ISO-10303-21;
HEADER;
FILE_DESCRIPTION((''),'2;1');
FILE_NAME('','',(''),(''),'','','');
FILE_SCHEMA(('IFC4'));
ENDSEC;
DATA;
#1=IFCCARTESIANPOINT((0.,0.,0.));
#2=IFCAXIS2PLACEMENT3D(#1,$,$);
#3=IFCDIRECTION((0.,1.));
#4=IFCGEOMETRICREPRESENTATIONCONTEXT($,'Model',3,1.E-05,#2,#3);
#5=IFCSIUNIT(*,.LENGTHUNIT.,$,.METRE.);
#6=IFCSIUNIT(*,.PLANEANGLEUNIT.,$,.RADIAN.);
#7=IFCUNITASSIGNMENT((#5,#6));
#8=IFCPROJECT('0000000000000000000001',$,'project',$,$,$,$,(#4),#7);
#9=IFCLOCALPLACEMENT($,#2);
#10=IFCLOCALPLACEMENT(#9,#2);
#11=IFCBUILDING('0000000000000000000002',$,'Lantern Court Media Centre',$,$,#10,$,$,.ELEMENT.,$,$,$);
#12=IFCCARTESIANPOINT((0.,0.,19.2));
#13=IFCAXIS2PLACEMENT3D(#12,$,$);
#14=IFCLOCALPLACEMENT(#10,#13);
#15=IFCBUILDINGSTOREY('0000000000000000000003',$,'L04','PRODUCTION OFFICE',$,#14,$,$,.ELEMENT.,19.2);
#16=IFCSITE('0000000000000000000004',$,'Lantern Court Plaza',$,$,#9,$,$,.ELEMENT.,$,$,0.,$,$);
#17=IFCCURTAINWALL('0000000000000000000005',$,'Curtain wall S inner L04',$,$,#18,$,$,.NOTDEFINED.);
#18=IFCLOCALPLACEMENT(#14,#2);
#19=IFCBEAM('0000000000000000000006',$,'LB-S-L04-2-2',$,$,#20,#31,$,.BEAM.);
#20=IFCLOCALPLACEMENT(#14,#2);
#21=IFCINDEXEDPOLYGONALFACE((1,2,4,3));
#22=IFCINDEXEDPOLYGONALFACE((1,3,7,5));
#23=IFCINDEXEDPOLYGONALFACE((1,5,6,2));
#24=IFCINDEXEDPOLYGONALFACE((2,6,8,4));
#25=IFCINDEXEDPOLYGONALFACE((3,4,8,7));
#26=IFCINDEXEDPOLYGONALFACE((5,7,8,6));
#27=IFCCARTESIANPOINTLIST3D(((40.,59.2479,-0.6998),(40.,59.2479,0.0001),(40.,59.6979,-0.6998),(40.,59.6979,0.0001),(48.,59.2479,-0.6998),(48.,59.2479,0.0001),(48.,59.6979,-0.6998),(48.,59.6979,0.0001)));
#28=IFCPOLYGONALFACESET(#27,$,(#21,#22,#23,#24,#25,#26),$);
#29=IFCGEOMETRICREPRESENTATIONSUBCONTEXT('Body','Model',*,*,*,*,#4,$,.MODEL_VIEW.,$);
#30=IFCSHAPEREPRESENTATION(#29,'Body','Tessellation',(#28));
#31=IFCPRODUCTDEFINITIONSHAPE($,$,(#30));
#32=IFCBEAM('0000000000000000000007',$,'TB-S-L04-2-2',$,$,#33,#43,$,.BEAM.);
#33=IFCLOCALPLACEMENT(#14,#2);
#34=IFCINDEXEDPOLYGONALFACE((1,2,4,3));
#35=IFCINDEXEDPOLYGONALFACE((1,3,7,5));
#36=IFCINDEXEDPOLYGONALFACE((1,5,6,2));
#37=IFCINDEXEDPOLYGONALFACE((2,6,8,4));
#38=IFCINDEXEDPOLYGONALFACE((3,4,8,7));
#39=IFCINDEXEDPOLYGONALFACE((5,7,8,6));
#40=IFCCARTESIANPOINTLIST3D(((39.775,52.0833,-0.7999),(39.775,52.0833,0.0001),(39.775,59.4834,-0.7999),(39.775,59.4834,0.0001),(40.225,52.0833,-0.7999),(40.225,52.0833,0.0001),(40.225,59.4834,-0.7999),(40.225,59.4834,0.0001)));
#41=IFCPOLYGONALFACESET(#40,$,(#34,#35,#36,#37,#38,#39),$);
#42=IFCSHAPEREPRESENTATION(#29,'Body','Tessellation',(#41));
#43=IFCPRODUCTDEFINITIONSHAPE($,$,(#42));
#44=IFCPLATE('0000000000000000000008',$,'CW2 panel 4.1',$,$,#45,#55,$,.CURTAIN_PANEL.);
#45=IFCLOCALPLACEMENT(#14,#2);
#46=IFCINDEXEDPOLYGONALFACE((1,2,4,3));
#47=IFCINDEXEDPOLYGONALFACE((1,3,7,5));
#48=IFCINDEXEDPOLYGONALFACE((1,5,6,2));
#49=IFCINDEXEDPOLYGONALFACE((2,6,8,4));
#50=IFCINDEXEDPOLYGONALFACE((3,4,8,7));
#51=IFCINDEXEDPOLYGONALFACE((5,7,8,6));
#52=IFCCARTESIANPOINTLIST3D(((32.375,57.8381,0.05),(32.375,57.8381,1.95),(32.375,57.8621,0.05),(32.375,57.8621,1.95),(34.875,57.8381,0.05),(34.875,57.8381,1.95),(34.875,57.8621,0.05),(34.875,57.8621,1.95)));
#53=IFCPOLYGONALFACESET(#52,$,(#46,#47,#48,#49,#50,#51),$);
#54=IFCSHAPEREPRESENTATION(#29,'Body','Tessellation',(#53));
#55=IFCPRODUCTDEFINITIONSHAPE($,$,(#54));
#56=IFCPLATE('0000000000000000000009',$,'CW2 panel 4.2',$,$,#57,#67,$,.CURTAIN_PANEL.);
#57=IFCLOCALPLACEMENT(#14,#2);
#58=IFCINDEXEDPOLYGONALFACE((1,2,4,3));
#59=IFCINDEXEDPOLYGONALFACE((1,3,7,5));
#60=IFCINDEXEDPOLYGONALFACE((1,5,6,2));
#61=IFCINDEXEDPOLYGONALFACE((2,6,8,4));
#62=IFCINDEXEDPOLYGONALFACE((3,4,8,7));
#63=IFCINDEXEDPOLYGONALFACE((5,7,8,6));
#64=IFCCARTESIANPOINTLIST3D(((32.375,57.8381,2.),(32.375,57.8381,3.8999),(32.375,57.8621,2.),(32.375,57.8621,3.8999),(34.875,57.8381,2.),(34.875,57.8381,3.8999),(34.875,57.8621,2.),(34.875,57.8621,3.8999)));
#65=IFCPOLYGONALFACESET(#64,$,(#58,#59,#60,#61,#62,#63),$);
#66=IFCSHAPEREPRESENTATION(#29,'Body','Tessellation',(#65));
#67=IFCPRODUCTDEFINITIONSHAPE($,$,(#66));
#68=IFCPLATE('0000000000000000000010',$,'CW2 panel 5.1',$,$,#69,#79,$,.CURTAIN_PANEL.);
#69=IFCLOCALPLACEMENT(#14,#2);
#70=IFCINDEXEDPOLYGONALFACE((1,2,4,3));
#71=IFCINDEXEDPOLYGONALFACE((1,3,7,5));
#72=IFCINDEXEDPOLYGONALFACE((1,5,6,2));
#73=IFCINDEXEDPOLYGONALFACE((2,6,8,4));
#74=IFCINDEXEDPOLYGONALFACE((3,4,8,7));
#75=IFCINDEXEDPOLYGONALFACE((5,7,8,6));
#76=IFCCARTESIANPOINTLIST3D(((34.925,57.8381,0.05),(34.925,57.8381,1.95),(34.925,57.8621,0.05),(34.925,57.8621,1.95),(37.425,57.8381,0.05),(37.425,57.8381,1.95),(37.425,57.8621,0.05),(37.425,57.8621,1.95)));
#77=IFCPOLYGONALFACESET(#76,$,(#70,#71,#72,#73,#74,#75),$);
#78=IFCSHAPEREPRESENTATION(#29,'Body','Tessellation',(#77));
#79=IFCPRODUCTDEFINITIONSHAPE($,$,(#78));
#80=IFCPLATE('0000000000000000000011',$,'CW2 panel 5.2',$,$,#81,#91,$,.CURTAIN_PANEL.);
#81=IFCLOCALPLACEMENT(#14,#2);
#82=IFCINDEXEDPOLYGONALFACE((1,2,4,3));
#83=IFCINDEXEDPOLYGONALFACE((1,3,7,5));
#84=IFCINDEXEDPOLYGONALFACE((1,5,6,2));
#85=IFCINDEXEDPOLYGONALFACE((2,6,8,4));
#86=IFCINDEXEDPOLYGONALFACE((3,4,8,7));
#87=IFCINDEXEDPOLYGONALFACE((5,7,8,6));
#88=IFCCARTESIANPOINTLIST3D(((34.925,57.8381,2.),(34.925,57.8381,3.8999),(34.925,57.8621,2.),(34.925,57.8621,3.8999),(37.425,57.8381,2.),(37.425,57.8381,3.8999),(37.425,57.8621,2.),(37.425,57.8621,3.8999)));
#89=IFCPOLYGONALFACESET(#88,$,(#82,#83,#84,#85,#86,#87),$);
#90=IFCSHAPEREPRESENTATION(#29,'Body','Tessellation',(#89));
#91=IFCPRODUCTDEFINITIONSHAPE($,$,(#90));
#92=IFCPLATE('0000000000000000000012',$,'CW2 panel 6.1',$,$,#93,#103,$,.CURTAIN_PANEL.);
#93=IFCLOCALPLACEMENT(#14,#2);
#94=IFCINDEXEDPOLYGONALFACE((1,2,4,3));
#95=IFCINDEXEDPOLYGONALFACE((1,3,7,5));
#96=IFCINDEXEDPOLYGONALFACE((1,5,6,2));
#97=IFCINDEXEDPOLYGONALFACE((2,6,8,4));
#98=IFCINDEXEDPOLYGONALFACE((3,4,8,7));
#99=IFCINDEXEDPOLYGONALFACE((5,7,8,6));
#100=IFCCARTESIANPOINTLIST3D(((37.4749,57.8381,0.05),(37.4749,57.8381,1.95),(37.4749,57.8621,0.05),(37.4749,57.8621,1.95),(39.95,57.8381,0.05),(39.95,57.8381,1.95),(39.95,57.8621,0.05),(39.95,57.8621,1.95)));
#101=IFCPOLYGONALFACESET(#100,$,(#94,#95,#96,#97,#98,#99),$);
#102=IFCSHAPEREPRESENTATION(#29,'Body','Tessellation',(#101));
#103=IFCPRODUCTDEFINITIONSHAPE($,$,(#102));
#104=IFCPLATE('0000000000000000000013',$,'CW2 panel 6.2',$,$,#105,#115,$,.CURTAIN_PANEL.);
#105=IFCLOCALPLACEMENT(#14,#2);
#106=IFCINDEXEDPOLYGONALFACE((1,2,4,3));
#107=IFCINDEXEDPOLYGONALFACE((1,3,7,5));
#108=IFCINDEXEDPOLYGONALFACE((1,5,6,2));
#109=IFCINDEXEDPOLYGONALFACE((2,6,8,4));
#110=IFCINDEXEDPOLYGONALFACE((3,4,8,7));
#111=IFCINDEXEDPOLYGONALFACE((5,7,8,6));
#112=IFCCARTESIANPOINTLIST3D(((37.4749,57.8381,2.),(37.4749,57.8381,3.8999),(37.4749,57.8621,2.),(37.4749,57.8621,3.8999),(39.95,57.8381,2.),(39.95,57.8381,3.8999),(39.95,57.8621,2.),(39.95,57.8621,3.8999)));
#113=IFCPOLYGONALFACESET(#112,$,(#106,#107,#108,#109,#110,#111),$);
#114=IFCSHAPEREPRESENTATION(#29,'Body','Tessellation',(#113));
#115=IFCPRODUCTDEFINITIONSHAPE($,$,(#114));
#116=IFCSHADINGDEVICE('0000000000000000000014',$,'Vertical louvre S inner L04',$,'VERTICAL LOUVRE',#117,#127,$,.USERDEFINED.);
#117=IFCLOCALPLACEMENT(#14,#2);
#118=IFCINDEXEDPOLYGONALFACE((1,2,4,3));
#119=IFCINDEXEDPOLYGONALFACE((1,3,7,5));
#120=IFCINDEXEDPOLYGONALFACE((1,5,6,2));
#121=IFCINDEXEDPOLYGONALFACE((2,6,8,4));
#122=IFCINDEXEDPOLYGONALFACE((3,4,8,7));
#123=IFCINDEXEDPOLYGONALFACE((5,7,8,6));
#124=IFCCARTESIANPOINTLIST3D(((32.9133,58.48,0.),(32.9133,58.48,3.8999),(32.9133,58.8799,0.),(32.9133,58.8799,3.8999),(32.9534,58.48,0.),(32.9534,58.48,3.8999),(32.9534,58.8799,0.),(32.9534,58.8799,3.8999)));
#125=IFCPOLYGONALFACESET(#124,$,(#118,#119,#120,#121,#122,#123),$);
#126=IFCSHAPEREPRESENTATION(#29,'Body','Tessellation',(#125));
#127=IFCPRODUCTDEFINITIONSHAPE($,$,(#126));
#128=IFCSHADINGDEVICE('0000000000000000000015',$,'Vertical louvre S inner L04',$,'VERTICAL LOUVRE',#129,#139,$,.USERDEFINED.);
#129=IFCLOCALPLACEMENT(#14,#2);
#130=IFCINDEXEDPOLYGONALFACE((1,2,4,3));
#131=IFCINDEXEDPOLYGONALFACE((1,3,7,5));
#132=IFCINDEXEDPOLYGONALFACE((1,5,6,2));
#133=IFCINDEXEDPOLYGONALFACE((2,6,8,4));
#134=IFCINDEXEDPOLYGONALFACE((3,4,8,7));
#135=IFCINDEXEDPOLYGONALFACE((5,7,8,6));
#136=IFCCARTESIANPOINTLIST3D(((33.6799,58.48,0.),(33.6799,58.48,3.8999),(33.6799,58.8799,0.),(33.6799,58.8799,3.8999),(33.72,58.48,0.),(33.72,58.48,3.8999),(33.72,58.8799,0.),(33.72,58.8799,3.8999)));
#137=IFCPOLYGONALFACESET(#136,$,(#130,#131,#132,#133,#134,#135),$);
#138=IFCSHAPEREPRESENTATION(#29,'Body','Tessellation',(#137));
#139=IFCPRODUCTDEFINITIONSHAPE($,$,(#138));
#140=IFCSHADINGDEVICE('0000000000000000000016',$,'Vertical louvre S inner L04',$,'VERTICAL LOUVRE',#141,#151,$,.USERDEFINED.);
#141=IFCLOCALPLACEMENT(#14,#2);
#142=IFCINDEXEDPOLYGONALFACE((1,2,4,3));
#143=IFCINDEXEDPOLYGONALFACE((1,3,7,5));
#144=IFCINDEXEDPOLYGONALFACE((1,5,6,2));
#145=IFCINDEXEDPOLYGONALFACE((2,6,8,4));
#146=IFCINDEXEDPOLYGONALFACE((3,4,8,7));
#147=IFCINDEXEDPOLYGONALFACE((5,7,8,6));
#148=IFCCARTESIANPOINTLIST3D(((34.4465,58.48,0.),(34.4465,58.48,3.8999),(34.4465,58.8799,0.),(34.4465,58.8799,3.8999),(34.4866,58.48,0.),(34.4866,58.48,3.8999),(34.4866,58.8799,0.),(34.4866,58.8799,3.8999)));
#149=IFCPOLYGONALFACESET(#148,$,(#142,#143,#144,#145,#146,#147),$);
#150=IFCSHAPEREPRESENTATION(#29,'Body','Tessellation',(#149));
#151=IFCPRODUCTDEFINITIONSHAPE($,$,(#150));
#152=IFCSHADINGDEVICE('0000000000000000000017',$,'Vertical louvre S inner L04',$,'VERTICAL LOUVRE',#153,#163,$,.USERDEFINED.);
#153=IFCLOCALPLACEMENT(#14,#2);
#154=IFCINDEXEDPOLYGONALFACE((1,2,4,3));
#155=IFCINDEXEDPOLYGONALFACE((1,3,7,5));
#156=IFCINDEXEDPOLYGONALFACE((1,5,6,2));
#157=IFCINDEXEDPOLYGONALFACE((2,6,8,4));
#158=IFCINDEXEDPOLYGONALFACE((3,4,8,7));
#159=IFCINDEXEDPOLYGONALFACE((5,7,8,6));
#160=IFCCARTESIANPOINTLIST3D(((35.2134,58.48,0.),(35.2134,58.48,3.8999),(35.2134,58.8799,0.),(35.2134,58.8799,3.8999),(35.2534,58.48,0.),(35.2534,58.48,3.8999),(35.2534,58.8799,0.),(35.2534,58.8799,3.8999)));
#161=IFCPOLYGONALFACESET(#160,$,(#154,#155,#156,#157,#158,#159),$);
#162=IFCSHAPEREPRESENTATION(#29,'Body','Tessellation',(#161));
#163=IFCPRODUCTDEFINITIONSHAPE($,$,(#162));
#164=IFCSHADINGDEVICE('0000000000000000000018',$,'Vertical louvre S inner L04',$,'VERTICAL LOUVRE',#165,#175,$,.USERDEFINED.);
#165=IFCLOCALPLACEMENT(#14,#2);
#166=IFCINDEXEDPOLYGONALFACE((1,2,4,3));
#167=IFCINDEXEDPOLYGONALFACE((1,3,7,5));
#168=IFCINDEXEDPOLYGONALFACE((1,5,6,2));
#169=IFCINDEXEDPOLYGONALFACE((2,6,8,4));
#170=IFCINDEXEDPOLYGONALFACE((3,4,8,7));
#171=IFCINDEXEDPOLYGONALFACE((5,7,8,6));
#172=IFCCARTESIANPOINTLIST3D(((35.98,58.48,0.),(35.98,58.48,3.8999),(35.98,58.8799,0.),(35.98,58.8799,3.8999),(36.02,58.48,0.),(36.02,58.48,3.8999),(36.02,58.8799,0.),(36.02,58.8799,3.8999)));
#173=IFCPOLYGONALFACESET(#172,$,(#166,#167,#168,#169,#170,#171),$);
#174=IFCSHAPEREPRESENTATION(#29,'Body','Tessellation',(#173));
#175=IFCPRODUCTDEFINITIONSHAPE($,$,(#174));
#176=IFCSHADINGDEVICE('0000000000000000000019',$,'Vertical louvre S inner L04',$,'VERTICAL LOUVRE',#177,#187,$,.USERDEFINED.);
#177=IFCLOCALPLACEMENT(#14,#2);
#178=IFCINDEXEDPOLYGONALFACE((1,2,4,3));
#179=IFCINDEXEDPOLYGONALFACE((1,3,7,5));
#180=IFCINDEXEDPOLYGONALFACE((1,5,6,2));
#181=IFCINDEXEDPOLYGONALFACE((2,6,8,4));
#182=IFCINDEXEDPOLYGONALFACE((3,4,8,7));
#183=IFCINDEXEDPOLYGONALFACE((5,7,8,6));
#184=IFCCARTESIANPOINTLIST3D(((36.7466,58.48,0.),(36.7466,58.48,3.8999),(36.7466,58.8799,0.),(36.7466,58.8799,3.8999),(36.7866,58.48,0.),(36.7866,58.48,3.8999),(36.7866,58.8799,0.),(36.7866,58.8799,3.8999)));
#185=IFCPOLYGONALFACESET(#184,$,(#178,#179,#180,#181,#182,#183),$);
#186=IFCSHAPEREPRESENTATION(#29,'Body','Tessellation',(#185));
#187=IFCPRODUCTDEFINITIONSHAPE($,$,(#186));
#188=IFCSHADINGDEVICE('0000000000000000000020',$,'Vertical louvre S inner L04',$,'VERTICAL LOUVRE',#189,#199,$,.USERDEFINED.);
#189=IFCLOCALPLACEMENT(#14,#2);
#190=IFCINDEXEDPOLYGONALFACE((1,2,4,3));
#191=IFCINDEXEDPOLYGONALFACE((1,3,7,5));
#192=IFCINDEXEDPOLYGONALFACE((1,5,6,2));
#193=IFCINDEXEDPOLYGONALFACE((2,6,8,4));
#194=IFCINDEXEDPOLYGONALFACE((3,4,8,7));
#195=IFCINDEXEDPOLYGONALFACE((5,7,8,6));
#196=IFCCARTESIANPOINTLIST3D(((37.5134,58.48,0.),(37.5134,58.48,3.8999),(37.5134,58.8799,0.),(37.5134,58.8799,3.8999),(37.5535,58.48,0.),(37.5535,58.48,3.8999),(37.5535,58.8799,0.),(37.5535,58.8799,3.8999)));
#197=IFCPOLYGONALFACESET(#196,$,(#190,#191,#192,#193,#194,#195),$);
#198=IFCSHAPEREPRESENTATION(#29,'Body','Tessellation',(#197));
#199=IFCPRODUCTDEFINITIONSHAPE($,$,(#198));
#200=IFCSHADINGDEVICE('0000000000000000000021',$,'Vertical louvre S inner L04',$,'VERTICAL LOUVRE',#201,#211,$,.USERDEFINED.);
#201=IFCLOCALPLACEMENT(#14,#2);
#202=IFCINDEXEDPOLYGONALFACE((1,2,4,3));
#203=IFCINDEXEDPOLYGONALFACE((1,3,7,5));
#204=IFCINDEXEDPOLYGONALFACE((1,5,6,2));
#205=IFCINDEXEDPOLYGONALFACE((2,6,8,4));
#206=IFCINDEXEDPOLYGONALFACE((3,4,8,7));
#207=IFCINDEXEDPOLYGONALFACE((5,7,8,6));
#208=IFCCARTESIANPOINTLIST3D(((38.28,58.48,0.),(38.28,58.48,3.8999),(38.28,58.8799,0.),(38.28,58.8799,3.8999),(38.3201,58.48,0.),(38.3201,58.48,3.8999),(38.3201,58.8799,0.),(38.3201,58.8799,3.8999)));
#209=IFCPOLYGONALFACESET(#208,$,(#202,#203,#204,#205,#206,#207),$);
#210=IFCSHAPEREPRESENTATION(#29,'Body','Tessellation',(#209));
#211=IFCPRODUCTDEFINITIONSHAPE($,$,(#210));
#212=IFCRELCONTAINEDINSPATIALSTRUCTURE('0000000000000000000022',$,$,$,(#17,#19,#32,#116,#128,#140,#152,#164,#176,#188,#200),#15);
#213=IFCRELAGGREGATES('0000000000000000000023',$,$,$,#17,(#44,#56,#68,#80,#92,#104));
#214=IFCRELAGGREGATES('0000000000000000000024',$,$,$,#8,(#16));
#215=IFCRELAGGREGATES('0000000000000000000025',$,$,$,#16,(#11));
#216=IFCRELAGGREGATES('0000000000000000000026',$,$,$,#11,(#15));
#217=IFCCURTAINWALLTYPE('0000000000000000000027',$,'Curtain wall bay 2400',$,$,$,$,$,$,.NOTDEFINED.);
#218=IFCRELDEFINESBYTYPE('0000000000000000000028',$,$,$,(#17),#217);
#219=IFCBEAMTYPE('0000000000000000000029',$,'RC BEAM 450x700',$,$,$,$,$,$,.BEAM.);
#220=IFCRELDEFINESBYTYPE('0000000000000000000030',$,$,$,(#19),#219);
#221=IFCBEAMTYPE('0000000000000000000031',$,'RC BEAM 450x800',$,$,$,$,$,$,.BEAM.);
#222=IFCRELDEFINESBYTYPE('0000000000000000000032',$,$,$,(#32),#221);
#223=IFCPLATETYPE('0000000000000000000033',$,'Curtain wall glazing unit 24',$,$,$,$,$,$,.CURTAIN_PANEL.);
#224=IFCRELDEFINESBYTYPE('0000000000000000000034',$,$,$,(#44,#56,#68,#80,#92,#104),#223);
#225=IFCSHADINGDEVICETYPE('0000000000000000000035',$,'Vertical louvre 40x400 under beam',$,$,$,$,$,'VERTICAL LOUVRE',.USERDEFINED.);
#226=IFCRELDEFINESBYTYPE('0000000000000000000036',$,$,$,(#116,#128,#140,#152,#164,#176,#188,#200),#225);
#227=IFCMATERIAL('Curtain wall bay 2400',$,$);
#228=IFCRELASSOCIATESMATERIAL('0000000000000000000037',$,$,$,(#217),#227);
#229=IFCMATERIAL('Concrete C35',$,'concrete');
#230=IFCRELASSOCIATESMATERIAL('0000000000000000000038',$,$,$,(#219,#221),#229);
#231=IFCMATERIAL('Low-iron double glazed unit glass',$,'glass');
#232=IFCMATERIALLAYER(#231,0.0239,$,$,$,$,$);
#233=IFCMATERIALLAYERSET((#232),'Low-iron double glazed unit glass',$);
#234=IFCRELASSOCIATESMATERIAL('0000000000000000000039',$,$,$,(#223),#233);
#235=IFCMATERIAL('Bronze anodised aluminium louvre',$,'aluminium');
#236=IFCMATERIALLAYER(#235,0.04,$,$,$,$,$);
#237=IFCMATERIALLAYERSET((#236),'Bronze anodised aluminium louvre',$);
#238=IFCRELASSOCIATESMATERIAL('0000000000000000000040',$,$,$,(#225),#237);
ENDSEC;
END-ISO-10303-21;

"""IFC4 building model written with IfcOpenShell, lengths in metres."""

from ifc_helpers import new_model, si_unit, direction, frame, origin, origin_2d, place, context, subcontext, project, spatial, rectangle, extrude, material, layer, layer_set, material_profile, profile_set, type_object, element, aggregate, save


model = new_model("IFC4")

# Units and contexts
model_context = context("Model", 3, precision=1e-05, world=origin(), true_north=direction((0.0, 1.0)))
body_context = subcontext(model_context, "Body", "Model", "MODEL_VIEW")
ifc_project = project(units=[si_unit("LENGTHUNIT", "METRE"), si_unit("PLANEANGLEUNIT", "RADIAN")], contexts=[model_context])

# Site, building, storey
site_placement = place(None, origin())
site = spatial("IfcSite", under=ifc_project, at=site_placement, Name="Lantern Court Plaza", CompositionType="ELEMENT", RefElevation=0.0)
building_placement = place(site_placement, origin())
building = spatial("IfcBuilding", under=site, at=building_placement, Name="Lantern Court Media Centre", CompositionType="ELEMENT")
storey_placement = place(building_placement, frame((0.0, 0.0, 19.2)))
storey = spatial("IfcBuildingStorey", under=building, at=storey_placement, Name="L04", Description="PRODUCTION OFFICE", CompositionType="ELEMENT", Elevation=19.2)

# Shared definitions
ifc_material_1 = material(Name="Concrete C35", Category="concrete")

# Curtain wall
ifc_material_2 = material(Name="Curtain wall bay 2400")
curtain_wall_type_1 = type_object("IfcCurtainWallType", Name="Curtain wall bay 2400", PredefinedType="NOTDEFINED", material=ifc_material_2)
curtain_wall_1_placement = place(storey_placement, origin())
curtain_wall_1 = element("IfcCurtainWall", 1, at=curtain_wall_1_placement, inside=storey, type_object=curtain_wall_type_1, Name="Curtain wall S inner L04", PredefinedType="NOTDEFINED")

# Beams
ifc_material_profile_1 = material_profile(ifc_material_1, rectangle(XDim=0.45, YDim=0.7, at=origin_2d()), Name="RC 450x700")
ifc_profile_set_1 = profile_set([ifc_material_profile_1], Name="Concrete C35")
beam_type_1 = type_object("IfcBeamType", Name="RC BEAM 450x700", PredefinedType="BEAM", material=ifc_profile_set_1)
beam_1_placement = place(storey_placement, frame((40.0, 59.4729, -0.3499), z_axis=(1.0, 0.0, 0.0), x_axis=(0.0, 1.0, 0.0)))
element("IfcBeam", 2, at=beam_1_placement, inside=storey, type_object=beam_type_1, Name="LB-S-L04-2-2", PredefinedType="BEAM", context=body_context, shape_type="SweptSolid", body=[
    extrude(rectangle(XDim=0.45, YDim=0.7, at=origin_2d()), origin(), (0.0, 0.0, 1.0), 8.0),
])
ifc_material_profile_2 = material_profile(ifc_material_1, rectangle(XDim=0.45, YDim=0.8, at=origin_2d()), Name="RC 450x800")
ifc_profile_set_2 = profile_set([ifc_material_profile_2], Name="Concrete C35")
beam_type_2 = type_object("IfcBeamType", Name="RC BEAM 450x800", PredefinedType="BEAM", material=ifc_profile_set_2)
beam_2_placement = place(storey_placement, frame((40.0, 52.0833, -0.3999), z_axis=(0.0, 1.0, 0.0), x_axis=(-1.0, 0.0, 0.0)))
element("IfcBeam", 3, at=beam_2_placement, inside=storey, type_object=beam_type_2, Name="TB-S-L04-2-2", PredefinedType="BEAM", context=body_context, shape_type="SweptSolid", body=[
    extrude(rectangle(XDim=0.45, YDim=0.8, at=origin_2d()), origin(), (0.0, 0.0, 1.0), 7.4001),
])

# Plates
ifc_material_3 = material(Name="Low-iron double glazed unit glass", Category="glass")
ifc_layer_1 = layer(ifc_material_3, 0.0239)
ifc_layer_set_1 = layer_set([ifc_layer_1], Name="Low-iron double glazed unit glass")
plate_type = type_object("IfcPlateType", Name="Curtain wall glazing unit 24", PredefinedType="CURTAIN_PANEL", material=ifc_layer_set_1)
plate_1_placement = place(storey_placement, frame((33.625, 57.8501, 0.05), z_axis=(0.0, 0.0, 1.0), x_axis=(1.0, 0.0, 0.0)))
plate_1 = element("IfcPlate", 4, at=plate_1_placement, type_object=plate_type, Name="CW2 panel 4.1", PredefinedType="CURTAIN_PANEL", context=body_context, shape_type="SweptSolid", body=[
    extrude(rectangle(XDim=2.5, YDim=0.0239, at=origin_2d()), origin(), (0.0, 0.0, 1.0), 1.8999),
])
plate_2_placement = place(storey_placement, frame((33.625, 57.8501, 2.0), z_axis=(0.0, 0.0, 1.0), x_axis=(1.0, 0.0, 0.0)))
plate_2 = element("IfcPlate", 5, at=plate_2_placement, type_object=plate_type, Name="CW2 panel 4.2", PredefinedType="CURTAIN_PANEL", context=body_context, shape_type="SweptSolid", body=[
    extrude(rectangle(XDim=2.5, YDim=0.0239, at=origin_2d()), origin(), (0.0, 0.0, 1.0), 1.8999),
])
plate_3_placement = place(storey_placement, frame((36.175, 57.8501, 0.05), z_axis=(0.0, 0.0, 1.0), x_axis=(1.0, 0.0, 0.0)))
plate_3 = element("IfcPlate", 6, at=plate_3_placement, type_object=plate_type, Name="CW2 panel 5.1", PredefinedType="CURTAIN_PANEL", context=body_context, shape_type="SweptSolid", body=[
    extrude(rectangle(XDim=2.5, YDim=0.0239, at=origin_2d()), origin(), (0.0, 0.0, 1.0), 1.8999),
])
plate_4_placement = place(storey_placement, frame((36.175, 57.8501, 2.0), z_axis=(0.0, 0.0, 1.0), x_axis=(1.0, 0.0, 0.0)))
plate_4 = element("IfcPlate", 7, at=plate_4_placement, type_object=plate_type, Name="CW2 panel 5.2", PredefinedType="CURTAIN_PANEL", context=body_context, shape_type="SweptSolid", body=[
    extrude(rectangle(XDim=2.5, YDim=0.0239, at=origin_2d()), origin(), (0.0, 0.0, 1.0), 1.8999),
])
plate_5_placement = place(storey_placement, frame((38.7124, 57.8501, 0.05), z_axis=(0.0, 0.0, 1.0), x_axis=(1.0, 0.0, 0.0)))
plate_5 = element("IfcPlate", 8, at=plate_5_placement, type_object=plate_type, Name="CW2 panel 6.1", PredefinedType="CURTAIN_PANEL", context=body_context, shape_type="SweptSolid", body=[
    extrude(rectangle(XDim=2.4751, YDim=0.0239, at=origin_2d()), origin(), (0.0, 0.0, 1.0), 1.8999),
])
plate_6_placement = place(storey_placement, frame((38.7124, 57.8501, 2.0), z_axis=(0.0, 0.0, 1.0), x_axis=(1.0, 0.0, 0.0)))
plate_6 = element("IfcPlate", 9, at=plate_6_placement, type_object=plate_type, Name="CW2 panel 6.2", PredefinedType="CURTAIN_PANEL", context=body_context, shape_type="SweptSolid", body=[
    extrude(rectangle(XDim=2.4751, YDim=0.0239, at=origin_2d()), origin(), (0.0, 0.0, 1.0), 1.8999),
])
aggregate(curtain_wall_1, [plate_1, plate_2, plate_3, plate_4, plate_5, plate_6])

# Shading devices
ifc_material_4 = material(Name="Bronze anodised aluminium louvre", Category="aluminium")
ifc_layer_2 = layer(ifc_material_4, 0.04)
ifc_layer_set_2 = layer_set([ifc_layer_2], Name="Bronze anodised aluminium louvre")
shading_device_type = type_object("IfcShadingDeviceType", Name="Vertical louvre 40x400 under beam", ElementType="VERTICAL LOUVRE", PredefinedType="USERDEFINED", material=ifc_layer_set_2)
for number, where, z_axis, x_axis, name in (
    (10, (32.9333, 58.6799, 0.0), (0.0, 0.0, 1.0), (1.0, 0.0, 0.0), "Vertical louvre S inner L04"),
    (11, (33.7, 58.6799, 0.0), (0.0, 0.0, 1.0), (1.0, 0.0, 0.0), "Vertical louvre S inner L04"),
    (12, (34.4666, 58.6799, 0.0), (0.0, 0.0, 1.0), (1.0, 0.0, 0.0), "Vertical louvre S inner L04"),
    (13, (35.2334, 58.6799, 0.0), (0.0, 0.0, 1.0), (1.0, 0.0, 0.0), "Vertical louvre S inner L04"),
    (14, (36.0, 58.6799, 0.0), (0.0, 0.0, 1.0), (1.0, 0.0, 0.0), "Vertical louvre S inner L04"),
    (15, (36.7666, 58.6799, 0.0), (0.0, 0.0, 1.0), (1.0, 0.0, 0.0), "Vertical louvre S inner L04"),
    (16, (37.5334, 58.6799, 0.0), (0.0, 0.0, 1.0), (1.0, 0.0, 0.0), "Vertical louvre S inner L04"),
    (17, (38.3, 58.6799, 0.0), (0.0, 0.0, 1.0), (1.0, 0.0, 0.0), "Vertical louvre S inner L04"),
):
    element("IfcShadingDevice", number, at=place(storey_placement, frame(where, z_axis=z_axis, x_axis=x_axis)), inside=storey, type_object=shading_device_type, Name=name, ObjectType="VERTICAL LOUVRE", PredefinedType="USERDEFINED", context=body_context, shape_type="SweptSolid", body=[
        extrude(rectangle(XDim=0.04, YDim=0.3999, at=origin_2d()), origin(), (0.0, 0.0, 1.0), 3.8999),
    ])

save(model, "model.ifc")
